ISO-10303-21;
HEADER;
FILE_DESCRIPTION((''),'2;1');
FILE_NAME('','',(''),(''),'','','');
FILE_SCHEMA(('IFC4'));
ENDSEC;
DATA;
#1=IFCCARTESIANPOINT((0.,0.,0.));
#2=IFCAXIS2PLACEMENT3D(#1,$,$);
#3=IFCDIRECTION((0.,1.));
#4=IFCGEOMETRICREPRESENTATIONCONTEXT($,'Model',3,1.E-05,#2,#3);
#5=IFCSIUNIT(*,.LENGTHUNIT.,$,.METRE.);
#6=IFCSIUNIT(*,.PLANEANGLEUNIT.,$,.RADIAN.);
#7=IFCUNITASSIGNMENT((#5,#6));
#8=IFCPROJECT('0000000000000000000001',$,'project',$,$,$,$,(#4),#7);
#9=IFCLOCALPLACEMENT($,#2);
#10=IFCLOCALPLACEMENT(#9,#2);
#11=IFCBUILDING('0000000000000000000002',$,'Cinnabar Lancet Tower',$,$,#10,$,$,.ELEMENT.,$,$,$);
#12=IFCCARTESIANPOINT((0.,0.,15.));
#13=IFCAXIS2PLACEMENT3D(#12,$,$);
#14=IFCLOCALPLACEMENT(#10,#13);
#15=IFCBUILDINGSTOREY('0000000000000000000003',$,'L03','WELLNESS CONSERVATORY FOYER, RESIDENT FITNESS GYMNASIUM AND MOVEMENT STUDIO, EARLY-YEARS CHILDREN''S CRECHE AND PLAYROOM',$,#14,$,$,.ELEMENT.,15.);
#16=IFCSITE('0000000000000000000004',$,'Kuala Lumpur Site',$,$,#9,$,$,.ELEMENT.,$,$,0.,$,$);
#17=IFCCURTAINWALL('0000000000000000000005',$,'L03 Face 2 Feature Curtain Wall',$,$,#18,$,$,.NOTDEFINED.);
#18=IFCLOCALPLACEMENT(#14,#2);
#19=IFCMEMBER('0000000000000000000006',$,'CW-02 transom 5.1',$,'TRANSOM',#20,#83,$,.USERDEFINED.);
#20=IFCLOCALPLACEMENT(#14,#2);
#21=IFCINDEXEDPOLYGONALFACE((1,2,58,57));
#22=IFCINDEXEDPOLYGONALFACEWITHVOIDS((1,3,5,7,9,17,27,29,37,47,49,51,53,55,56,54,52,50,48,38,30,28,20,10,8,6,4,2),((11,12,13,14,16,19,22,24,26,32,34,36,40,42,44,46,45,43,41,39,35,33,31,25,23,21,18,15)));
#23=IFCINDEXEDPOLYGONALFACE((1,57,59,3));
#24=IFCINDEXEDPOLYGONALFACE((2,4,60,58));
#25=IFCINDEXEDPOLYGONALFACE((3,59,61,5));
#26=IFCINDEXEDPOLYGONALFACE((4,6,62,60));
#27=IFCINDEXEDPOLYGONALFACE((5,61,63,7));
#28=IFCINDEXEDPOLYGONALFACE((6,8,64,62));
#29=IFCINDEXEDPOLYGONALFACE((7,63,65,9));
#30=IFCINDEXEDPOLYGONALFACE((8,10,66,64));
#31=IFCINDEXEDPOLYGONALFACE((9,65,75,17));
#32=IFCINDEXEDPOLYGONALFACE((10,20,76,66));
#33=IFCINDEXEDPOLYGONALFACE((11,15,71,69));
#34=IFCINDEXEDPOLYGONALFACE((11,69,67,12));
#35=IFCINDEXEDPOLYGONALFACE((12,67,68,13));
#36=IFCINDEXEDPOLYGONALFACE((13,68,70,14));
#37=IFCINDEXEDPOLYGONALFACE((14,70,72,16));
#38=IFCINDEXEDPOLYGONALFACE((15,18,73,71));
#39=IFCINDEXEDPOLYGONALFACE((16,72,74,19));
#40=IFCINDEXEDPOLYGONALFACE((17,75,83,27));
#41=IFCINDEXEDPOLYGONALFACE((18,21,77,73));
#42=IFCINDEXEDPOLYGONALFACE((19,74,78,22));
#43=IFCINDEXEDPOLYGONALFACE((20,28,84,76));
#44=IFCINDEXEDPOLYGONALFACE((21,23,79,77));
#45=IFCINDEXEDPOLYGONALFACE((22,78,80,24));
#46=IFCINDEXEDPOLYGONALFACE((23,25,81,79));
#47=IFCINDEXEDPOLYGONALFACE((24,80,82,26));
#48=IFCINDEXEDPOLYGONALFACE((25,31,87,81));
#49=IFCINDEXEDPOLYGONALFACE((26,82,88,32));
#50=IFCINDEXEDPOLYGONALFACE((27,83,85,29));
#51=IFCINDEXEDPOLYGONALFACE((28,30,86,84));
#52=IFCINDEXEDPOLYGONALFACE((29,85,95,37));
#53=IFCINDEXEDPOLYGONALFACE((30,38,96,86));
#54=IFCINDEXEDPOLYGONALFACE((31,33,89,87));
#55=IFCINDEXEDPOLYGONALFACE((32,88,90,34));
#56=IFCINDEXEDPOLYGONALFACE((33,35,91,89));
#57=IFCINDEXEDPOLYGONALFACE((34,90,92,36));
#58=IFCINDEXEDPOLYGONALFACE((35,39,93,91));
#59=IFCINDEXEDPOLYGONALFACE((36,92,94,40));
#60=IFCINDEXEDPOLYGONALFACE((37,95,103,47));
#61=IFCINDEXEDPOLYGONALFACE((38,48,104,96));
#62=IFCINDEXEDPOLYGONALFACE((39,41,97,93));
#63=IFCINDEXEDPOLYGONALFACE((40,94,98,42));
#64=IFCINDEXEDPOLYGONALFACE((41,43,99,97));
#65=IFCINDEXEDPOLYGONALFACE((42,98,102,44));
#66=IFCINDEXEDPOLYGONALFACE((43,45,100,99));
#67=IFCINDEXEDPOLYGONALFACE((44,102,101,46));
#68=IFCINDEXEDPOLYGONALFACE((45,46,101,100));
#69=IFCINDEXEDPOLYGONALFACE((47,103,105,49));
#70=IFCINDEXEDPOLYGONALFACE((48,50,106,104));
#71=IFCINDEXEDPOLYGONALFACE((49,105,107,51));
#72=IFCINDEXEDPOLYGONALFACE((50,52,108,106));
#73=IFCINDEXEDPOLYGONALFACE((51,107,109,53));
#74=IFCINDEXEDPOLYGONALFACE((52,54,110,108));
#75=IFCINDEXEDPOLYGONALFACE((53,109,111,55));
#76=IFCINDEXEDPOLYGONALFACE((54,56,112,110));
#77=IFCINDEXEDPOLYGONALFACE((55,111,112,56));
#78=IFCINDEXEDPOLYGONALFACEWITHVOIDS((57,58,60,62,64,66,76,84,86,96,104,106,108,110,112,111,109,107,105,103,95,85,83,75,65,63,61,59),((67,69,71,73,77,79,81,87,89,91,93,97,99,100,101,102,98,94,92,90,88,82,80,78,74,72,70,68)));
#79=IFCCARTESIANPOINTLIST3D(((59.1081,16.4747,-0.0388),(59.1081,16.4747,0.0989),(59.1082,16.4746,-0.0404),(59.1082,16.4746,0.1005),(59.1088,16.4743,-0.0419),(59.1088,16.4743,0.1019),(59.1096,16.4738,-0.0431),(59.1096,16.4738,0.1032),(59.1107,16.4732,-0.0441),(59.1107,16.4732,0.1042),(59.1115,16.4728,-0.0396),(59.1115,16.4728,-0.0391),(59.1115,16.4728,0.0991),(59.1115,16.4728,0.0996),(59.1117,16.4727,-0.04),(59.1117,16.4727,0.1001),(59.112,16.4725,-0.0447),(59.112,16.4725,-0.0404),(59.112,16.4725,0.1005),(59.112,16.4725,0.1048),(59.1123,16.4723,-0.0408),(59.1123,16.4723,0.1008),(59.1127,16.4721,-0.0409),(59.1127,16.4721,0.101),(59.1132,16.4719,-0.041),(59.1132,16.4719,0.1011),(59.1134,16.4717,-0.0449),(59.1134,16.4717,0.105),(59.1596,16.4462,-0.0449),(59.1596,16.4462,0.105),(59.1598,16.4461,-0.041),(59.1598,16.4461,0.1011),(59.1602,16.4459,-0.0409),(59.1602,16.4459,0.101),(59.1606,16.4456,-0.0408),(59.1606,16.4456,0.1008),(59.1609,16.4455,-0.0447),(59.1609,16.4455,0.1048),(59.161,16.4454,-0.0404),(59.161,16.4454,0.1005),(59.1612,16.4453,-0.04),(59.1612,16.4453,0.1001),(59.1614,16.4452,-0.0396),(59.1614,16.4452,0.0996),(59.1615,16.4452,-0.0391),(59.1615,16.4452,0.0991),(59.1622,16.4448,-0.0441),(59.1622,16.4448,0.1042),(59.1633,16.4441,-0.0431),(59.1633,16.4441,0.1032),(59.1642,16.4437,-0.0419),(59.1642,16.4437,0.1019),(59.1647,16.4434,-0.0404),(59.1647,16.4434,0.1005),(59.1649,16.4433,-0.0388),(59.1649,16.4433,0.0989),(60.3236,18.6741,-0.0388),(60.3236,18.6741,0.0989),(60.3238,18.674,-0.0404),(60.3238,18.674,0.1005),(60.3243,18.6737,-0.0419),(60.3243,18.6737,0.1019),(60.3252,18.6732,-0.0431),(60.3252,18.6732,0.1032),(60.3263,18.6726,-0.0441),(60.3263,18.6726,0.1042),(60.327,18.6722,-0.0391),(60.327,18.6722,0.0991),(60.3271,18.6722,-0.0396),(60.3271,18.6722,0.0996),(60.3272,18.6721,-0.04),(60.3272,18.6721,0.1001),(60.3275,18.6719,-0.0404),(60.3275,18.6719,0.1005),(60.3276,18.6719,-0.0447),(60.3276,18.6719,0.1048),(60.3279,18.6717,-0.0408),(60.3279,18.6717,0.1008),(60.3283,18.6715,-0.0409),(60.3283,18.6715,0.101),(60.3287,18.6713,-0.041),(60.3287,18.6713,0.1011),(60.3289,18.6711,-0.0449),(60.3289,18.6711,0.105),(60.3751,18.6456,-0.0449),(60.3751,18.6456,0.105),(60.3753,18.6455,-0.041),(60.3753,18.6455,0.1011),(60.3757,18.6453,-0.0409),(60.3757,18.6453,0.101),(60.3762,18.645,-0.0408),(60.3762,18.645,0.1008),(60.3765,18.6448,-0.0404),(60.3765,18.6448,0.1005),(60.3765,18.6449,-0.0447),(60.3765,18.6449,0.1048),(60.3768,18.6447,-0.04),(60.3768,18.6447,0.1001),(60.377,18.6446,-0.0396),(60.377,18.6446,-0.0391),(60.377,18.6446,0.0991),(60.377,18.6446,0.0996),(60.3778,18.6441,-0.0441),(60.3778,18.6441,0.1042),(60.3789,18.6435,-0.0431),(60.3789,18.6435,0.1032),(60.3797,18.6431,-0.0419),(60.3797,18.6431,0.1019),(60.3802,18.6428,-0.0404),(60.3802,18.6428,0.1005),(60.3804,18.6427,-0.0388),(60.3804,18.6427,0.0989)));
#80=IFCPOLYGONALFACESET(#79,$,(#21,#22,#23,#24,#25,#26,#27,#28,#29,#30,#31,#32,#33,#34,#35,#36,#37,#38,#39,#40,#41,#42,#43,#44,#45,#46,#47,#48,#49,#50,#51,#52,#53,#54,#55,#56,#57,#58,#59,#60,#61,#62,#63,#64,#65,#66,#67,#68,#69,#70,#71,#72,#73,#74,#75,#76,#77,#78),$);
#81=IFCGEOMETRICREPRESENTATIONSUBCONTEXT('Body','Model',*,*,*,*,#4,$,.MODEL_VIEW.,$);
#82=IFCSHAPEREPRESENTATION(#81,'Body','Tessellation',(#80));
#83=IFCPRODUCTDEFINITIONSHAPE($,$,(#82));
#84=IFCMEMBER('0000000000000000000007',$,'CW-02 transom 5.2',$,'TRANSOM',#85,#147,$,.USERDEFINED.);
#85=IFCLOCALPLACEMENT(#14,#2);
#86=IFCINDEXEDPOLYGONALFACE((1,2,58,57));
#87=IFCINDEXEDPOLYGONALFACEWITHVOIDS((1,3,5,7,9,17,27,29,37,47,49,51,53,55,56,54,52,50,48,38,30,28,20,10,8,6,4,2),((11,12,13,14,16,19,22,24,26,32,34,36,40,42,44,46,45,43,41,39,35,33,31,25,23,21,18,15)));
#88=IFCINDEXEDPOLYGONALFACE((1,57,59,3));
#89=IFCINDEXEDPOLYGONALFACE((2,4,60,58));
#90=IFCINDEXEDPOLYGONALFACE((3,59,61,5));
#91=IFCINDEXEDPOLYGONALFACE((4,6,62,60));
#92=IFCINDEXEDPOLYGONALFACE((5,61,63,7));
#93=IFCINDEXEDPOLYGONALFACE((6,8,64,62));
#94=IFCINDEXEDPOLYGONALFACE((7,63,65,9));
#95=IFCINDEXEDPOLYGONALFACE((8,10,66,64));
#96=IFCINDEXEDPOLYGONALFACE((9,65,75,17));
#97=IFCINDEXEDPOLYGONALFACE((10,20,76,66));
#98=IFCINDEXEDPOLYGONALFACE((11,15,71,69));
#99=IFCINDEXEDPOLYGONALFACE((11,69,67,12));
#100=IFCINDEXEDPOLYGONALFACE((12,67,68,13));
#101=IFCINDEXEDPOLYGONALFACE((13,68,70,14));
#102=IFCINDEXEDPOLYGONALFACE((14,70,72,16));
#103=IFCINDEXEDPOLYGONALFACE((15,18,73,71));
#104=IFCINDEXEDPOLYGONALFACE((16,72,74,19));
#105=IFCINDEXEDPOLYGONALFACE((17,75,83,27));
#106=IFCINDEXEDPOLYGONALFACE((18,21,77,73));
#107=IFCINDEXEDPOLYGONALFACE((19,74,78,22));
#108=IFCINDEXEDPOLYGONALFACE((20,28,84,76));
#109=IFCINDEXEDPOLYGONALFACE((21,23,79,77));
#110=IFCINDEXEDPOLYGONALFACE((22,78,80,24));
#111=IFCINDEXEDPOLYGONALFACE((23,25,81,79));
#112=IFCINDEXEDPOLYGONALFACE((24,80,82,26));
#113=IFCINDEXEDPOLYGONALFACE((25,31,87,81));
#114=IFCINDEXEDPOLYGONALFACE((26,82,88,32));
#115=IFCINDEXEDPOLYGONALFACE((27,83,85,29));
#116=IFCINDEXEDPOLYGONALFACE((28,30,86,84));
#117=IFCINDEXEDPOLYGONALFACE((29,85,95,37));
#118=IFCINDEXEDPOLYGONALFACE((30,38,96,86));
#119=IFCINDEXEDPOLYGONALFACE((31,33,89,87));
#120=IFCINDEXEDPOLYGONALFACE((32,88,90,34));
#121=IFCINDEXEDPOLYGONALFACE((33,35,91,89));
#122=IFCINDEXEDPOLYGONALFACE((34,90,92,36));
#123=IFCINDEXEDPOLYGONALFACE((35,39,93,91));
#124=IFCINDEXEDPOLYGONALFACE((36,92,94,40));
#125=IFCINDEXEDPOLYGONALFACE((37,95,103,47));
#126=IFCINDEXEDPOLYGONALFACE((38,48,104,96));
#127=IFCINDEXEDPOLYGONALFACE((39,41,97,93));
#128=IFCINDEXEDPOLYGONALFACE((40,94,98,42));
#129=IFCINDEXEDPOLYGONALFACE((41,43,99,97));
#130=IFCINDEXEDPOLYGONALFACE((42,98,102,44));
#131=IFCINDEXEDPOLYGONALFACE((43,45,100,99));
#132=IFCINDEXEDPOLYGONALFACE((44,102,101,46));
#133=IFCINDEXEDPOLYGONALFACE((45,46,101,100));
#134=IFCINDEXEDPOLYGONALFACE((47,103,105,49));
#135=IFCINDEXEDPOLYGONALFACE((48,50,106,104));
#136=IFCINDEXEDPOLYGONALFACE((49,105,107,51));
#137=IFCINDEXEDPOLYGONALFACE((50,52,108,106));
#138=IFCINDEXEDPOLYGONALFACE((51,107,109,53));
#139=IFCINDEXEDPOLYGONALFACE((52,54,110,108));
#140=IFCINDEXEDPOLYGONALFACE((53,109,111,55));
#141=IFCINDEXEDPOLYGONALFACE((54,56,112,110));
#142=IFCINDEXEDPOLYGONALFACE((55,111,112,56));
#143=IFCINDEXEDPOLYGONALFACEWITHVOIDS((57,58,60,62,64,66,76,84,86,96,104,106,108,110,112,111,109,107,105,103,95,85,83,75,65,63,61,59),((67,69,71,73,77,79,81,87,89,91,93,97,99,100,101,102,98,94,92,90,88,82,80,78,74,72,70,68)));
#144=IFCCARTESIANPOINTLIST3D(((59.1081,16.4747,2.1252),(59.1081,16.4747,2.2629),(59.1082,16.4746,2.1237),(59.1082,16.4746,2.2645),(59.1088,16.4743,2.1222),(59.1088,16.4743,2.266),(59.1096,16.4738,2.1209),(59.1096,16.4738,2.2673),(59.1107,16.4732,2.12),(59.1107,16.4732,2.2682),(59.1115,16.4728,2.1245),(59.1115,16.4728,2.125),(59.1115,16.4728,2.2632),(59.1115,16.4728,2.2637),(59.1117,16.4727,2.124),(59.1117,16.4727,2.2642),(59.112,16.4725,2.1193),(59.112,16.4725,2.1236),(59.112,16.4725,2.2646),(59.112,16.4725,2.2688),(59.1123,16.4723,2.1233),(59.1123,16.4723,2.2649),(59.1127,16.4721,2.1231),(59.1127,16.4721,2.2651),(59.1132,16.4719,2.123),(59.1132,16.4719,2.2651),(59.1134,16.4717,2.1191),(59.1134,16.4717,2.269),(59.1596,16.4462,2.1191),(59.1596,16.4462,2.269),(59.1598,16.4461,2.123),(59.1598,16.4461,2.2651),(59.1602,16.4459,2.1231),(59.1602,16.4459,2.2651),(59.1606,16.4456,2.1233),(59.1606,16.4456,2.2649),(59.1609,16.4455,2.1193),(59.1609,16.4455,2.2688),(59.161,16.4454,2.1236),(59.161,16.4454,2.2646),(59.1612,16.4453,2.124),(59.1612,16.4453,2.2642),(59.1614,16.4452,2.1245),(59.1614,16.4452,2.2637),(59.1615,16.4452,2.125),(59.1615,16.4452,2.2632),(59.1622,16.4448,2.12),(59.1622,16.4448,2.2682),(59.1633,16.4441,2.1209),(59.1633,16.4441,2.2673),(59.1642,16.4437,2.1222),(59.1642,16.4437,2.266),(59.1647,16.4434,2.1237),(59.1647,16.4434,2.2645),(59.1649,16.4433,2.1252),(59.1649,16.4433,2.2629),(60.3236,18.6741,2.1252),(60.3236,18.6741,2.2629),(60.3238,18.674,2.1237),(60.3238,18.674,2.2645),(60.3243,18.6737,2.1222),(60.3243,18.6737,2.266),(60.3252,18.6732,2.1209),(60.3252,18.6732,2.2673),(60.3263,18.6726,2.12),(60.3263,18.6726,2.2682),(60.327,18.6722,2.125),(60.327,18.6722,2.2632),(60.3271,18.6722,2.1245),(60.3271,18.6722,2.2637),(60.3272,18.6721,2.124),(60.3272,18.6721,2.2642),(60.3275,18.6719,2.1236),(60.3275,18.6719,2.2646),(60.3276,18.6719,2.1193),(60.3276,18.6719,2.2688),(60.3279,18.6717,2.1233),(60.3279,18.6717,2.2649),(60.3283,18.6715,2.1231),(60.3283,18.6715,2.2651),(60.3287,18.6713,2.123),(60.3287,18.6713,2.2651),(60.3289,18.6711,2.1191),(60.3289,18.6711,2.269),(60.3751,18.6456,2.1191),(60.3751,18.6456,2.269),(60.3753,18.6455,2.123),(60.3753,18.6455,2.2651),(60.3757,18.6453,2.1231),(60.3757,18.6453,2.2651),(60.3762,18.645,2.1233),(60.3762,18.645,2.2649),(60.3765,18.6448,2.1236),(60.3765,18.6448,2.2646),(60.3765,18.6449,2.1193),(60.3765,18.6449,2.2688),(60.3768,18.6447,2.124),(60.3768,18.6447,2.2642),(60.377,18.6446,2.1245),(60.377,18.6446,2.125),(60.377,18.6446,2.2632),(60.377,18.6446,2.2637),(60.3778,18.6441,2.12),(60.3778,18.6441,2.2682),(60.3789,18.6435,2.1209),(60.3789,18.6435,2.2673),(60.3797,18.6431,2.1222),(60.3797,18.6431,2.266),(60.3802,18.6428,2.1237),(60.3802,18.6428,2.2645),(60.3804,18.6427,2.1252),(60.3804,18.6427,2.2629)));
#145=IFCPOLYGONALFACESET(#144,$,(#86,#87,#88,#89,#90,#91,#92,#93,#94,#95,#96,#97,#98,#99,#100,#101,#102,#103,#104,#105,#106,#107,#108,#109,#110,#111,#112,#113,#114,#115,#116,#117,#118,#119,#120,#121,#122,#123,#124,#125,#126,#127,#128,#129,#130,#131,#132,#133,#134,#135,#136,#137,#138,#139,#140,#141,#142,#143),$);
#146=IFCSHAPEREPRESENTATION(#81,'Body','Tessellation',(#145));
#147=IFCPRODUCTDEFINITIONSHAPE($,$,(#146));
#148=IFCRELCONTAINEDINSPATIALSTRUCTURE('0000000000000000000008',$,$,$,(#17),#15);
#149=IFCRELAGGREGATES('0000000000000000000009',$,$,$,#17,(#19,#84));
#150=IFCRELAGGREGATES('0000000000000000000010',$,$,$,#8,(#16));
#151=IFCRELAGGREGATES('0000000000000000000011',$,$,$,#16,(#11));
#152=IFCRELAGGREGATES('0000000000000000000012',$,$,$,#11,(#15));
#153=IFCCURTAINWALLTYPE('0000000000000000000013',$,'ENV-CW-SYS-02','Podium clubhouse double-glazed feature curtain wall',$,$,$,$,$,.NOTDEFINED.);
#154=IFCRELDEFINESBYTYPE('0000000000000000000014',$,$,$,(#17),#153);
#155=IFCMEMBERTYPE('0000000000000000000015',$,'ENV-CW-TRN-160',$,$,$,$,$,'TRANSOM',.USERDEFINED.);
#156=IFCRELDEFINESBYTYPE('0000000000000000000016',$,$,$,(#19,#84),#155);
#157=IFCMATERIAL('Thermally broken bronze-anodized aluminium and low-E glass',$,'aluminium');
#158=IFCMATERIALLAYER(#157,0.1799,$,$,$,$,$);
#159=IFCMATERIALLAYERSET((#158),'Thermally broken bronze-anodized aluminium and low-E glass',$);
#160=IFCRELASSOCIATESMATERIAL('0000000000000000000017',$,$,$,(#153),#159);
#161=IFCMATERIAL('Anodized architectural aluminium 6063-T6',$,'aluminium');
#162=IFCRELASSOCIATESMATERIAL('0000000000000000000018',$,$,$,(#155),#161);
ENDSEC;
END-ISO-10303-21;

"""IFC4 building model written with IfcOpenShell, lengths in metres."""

from ifc_helpers import new_model, si_unit, direction, frame, origin, origin_2d, place, context, subcontext, project, spatial, hollow_rectangle, extrude, material, layer, layer_set, material_profile, profile_set, type_object, element, aggregate, save


model = new_model("IFC4")

# Units and contexts
model_context = context("Model", 3, precision=1e-05, world=origin(), true_north=direction((0.0, 1.0)))
body_context = subcontext(model_context, "Body", "Model", "MODEL_VIEW")
ifc_project = project(units=[si_unit("LENGTHUNIT", "METRE"), si_unit("PLANEANGLEUNIT", "RADIAN")], contexts=[model_context])

# Site, building, storey
site_placement = place(None, origin())
site = spatial("IfcSite", under=ifc_project, at=site_placement, Name="Kuala Lumpur Site", CompositionType="ELEMENT", RefElevation=0.0)
building_placement = place(site_placement, origin())
building = spatial("IfcBuilding", under=site, at=building_placement, Name="Cinnabar Lancet Tower", CompositionType="ELEMENT")
storey_placement = place(building_placement, frame((0.0, 0.0, 15.0)))
storey = spatial("IfcBuildingStorey", under=building, at=storey_placement, Name="L03", Description="WELLNESS CONSERVATORY FOYER, RESIDENT FITNESS GYMNASIUM AND MOVEMENT STUDIO, EARLY-YEARS CHILDREN'S CRECHE AND PLAYROOM", CompositionType="ELEMENT", Elevation=15.0)

# Curtain wall, members
ifc_material_1 = material(Name="Thermally broken bronze-anodized aluminium and low-E glass", Category="aluminium")
ifc_layer_1 = layer(ifc_material_1, 0.1799)
ifc_layer_set_1 = layer_set([ifc_layer_1], Name="Thermally broken bronze-anodized aluminium and low-E glass")
curtain_wall_type = type_object("IfcCurtainWallType", Name="ENV-CW-SYS-02", Description="Podium clubhouse double-glazed feature curtain wall", PredefinedType="NOTDEFINED", material=ifc_layer_set_1)
curtain_wall_placement = place(storey_placement, origin())
curtain_wall = element("IfcCurtainWall", 1, at=curtain_wall_placement, inside=storey, type_object=curtain_wall_type, Name="L03 Face 2 Feature Curtain Wall", PredefinedType="NOTDEFINED")
ifc_material_2 = material(Name="Anodized architectural aluminium 6063-T6", Category="aluminium")
ifc_material_profile_1 = material_profile(ifc_material_2, hollow_rectangle(XDim=0.0649, YDim=0.1499, WallThickness=0.0039, InnerFilletRadius=0.002, OuterFilletRadius=0.0061, at=origin_2d()), Name="CW-TRN 150x65x4")
ifc_profile_set_1 = profile_set([ifc_material_profile_1], Name="Anodized architectural aluminium 6063-T6")
member_type_1 = type_object("IfcMemberType", Name="ENV-CW-TRN-160", ElementType="TRANSOM", PredefinedType="USERDEFINED", material=ifc_profile_set_1)
member_1_placement = place(storey_placement, frame((59.1365, 16.459, 0.03), z_axis=(0.483712, 0.875227, 0.0), x_axis=(-0.875227, 0.483712, 0.0)))
member_1 = element("IfcMember", 2, at=member_1_placement, type_object=member_type_1, Name="CW-02 transom 5.1", ObjectType="TRANSOM", PredefinedType="USERDEFINED", context=body_context, shape_type="SweptSolid", body=[
    extrude(hollow_rectangle(XDim=0.0649, YDim=0.1499, WallThickness=0.0039, InnerFilletRadius=0.002, OuterFilletRadius=0.0061, at=origin_2d()), origin(), (0.0, 0.0, 1.0), 2.5129),
])
member_2_placement = place(storey_placement, frame((59.1365, 16.459, 2.1941), z_axis=(0.483712, 0.875227, 0.0), x_axis=(-0.875227, 0.483712, 0.0)))
member_2 = element("IfcMember", 3, at=member_2_placement, type_object=member_type_1, Name="CW-02 transom 5.2", ObjectType="TRANSOM", PredefinedType="USERDEFINED", context=body_context, shape_type="SweptSolid", body=[
    extrude(hollow_rectangle(XDim=0.0649, YDim=0.1499, WallThickness=0.0039, InnerFilletRadius=0.002, OuterFilletRadius=0.0061, at=origin_2d()), origin(), (0.0, 0.0, 1.0), 2.5129),
])
aggregate(curtain_wall, [member_1, member_2])

save(model, "model.ifc")
